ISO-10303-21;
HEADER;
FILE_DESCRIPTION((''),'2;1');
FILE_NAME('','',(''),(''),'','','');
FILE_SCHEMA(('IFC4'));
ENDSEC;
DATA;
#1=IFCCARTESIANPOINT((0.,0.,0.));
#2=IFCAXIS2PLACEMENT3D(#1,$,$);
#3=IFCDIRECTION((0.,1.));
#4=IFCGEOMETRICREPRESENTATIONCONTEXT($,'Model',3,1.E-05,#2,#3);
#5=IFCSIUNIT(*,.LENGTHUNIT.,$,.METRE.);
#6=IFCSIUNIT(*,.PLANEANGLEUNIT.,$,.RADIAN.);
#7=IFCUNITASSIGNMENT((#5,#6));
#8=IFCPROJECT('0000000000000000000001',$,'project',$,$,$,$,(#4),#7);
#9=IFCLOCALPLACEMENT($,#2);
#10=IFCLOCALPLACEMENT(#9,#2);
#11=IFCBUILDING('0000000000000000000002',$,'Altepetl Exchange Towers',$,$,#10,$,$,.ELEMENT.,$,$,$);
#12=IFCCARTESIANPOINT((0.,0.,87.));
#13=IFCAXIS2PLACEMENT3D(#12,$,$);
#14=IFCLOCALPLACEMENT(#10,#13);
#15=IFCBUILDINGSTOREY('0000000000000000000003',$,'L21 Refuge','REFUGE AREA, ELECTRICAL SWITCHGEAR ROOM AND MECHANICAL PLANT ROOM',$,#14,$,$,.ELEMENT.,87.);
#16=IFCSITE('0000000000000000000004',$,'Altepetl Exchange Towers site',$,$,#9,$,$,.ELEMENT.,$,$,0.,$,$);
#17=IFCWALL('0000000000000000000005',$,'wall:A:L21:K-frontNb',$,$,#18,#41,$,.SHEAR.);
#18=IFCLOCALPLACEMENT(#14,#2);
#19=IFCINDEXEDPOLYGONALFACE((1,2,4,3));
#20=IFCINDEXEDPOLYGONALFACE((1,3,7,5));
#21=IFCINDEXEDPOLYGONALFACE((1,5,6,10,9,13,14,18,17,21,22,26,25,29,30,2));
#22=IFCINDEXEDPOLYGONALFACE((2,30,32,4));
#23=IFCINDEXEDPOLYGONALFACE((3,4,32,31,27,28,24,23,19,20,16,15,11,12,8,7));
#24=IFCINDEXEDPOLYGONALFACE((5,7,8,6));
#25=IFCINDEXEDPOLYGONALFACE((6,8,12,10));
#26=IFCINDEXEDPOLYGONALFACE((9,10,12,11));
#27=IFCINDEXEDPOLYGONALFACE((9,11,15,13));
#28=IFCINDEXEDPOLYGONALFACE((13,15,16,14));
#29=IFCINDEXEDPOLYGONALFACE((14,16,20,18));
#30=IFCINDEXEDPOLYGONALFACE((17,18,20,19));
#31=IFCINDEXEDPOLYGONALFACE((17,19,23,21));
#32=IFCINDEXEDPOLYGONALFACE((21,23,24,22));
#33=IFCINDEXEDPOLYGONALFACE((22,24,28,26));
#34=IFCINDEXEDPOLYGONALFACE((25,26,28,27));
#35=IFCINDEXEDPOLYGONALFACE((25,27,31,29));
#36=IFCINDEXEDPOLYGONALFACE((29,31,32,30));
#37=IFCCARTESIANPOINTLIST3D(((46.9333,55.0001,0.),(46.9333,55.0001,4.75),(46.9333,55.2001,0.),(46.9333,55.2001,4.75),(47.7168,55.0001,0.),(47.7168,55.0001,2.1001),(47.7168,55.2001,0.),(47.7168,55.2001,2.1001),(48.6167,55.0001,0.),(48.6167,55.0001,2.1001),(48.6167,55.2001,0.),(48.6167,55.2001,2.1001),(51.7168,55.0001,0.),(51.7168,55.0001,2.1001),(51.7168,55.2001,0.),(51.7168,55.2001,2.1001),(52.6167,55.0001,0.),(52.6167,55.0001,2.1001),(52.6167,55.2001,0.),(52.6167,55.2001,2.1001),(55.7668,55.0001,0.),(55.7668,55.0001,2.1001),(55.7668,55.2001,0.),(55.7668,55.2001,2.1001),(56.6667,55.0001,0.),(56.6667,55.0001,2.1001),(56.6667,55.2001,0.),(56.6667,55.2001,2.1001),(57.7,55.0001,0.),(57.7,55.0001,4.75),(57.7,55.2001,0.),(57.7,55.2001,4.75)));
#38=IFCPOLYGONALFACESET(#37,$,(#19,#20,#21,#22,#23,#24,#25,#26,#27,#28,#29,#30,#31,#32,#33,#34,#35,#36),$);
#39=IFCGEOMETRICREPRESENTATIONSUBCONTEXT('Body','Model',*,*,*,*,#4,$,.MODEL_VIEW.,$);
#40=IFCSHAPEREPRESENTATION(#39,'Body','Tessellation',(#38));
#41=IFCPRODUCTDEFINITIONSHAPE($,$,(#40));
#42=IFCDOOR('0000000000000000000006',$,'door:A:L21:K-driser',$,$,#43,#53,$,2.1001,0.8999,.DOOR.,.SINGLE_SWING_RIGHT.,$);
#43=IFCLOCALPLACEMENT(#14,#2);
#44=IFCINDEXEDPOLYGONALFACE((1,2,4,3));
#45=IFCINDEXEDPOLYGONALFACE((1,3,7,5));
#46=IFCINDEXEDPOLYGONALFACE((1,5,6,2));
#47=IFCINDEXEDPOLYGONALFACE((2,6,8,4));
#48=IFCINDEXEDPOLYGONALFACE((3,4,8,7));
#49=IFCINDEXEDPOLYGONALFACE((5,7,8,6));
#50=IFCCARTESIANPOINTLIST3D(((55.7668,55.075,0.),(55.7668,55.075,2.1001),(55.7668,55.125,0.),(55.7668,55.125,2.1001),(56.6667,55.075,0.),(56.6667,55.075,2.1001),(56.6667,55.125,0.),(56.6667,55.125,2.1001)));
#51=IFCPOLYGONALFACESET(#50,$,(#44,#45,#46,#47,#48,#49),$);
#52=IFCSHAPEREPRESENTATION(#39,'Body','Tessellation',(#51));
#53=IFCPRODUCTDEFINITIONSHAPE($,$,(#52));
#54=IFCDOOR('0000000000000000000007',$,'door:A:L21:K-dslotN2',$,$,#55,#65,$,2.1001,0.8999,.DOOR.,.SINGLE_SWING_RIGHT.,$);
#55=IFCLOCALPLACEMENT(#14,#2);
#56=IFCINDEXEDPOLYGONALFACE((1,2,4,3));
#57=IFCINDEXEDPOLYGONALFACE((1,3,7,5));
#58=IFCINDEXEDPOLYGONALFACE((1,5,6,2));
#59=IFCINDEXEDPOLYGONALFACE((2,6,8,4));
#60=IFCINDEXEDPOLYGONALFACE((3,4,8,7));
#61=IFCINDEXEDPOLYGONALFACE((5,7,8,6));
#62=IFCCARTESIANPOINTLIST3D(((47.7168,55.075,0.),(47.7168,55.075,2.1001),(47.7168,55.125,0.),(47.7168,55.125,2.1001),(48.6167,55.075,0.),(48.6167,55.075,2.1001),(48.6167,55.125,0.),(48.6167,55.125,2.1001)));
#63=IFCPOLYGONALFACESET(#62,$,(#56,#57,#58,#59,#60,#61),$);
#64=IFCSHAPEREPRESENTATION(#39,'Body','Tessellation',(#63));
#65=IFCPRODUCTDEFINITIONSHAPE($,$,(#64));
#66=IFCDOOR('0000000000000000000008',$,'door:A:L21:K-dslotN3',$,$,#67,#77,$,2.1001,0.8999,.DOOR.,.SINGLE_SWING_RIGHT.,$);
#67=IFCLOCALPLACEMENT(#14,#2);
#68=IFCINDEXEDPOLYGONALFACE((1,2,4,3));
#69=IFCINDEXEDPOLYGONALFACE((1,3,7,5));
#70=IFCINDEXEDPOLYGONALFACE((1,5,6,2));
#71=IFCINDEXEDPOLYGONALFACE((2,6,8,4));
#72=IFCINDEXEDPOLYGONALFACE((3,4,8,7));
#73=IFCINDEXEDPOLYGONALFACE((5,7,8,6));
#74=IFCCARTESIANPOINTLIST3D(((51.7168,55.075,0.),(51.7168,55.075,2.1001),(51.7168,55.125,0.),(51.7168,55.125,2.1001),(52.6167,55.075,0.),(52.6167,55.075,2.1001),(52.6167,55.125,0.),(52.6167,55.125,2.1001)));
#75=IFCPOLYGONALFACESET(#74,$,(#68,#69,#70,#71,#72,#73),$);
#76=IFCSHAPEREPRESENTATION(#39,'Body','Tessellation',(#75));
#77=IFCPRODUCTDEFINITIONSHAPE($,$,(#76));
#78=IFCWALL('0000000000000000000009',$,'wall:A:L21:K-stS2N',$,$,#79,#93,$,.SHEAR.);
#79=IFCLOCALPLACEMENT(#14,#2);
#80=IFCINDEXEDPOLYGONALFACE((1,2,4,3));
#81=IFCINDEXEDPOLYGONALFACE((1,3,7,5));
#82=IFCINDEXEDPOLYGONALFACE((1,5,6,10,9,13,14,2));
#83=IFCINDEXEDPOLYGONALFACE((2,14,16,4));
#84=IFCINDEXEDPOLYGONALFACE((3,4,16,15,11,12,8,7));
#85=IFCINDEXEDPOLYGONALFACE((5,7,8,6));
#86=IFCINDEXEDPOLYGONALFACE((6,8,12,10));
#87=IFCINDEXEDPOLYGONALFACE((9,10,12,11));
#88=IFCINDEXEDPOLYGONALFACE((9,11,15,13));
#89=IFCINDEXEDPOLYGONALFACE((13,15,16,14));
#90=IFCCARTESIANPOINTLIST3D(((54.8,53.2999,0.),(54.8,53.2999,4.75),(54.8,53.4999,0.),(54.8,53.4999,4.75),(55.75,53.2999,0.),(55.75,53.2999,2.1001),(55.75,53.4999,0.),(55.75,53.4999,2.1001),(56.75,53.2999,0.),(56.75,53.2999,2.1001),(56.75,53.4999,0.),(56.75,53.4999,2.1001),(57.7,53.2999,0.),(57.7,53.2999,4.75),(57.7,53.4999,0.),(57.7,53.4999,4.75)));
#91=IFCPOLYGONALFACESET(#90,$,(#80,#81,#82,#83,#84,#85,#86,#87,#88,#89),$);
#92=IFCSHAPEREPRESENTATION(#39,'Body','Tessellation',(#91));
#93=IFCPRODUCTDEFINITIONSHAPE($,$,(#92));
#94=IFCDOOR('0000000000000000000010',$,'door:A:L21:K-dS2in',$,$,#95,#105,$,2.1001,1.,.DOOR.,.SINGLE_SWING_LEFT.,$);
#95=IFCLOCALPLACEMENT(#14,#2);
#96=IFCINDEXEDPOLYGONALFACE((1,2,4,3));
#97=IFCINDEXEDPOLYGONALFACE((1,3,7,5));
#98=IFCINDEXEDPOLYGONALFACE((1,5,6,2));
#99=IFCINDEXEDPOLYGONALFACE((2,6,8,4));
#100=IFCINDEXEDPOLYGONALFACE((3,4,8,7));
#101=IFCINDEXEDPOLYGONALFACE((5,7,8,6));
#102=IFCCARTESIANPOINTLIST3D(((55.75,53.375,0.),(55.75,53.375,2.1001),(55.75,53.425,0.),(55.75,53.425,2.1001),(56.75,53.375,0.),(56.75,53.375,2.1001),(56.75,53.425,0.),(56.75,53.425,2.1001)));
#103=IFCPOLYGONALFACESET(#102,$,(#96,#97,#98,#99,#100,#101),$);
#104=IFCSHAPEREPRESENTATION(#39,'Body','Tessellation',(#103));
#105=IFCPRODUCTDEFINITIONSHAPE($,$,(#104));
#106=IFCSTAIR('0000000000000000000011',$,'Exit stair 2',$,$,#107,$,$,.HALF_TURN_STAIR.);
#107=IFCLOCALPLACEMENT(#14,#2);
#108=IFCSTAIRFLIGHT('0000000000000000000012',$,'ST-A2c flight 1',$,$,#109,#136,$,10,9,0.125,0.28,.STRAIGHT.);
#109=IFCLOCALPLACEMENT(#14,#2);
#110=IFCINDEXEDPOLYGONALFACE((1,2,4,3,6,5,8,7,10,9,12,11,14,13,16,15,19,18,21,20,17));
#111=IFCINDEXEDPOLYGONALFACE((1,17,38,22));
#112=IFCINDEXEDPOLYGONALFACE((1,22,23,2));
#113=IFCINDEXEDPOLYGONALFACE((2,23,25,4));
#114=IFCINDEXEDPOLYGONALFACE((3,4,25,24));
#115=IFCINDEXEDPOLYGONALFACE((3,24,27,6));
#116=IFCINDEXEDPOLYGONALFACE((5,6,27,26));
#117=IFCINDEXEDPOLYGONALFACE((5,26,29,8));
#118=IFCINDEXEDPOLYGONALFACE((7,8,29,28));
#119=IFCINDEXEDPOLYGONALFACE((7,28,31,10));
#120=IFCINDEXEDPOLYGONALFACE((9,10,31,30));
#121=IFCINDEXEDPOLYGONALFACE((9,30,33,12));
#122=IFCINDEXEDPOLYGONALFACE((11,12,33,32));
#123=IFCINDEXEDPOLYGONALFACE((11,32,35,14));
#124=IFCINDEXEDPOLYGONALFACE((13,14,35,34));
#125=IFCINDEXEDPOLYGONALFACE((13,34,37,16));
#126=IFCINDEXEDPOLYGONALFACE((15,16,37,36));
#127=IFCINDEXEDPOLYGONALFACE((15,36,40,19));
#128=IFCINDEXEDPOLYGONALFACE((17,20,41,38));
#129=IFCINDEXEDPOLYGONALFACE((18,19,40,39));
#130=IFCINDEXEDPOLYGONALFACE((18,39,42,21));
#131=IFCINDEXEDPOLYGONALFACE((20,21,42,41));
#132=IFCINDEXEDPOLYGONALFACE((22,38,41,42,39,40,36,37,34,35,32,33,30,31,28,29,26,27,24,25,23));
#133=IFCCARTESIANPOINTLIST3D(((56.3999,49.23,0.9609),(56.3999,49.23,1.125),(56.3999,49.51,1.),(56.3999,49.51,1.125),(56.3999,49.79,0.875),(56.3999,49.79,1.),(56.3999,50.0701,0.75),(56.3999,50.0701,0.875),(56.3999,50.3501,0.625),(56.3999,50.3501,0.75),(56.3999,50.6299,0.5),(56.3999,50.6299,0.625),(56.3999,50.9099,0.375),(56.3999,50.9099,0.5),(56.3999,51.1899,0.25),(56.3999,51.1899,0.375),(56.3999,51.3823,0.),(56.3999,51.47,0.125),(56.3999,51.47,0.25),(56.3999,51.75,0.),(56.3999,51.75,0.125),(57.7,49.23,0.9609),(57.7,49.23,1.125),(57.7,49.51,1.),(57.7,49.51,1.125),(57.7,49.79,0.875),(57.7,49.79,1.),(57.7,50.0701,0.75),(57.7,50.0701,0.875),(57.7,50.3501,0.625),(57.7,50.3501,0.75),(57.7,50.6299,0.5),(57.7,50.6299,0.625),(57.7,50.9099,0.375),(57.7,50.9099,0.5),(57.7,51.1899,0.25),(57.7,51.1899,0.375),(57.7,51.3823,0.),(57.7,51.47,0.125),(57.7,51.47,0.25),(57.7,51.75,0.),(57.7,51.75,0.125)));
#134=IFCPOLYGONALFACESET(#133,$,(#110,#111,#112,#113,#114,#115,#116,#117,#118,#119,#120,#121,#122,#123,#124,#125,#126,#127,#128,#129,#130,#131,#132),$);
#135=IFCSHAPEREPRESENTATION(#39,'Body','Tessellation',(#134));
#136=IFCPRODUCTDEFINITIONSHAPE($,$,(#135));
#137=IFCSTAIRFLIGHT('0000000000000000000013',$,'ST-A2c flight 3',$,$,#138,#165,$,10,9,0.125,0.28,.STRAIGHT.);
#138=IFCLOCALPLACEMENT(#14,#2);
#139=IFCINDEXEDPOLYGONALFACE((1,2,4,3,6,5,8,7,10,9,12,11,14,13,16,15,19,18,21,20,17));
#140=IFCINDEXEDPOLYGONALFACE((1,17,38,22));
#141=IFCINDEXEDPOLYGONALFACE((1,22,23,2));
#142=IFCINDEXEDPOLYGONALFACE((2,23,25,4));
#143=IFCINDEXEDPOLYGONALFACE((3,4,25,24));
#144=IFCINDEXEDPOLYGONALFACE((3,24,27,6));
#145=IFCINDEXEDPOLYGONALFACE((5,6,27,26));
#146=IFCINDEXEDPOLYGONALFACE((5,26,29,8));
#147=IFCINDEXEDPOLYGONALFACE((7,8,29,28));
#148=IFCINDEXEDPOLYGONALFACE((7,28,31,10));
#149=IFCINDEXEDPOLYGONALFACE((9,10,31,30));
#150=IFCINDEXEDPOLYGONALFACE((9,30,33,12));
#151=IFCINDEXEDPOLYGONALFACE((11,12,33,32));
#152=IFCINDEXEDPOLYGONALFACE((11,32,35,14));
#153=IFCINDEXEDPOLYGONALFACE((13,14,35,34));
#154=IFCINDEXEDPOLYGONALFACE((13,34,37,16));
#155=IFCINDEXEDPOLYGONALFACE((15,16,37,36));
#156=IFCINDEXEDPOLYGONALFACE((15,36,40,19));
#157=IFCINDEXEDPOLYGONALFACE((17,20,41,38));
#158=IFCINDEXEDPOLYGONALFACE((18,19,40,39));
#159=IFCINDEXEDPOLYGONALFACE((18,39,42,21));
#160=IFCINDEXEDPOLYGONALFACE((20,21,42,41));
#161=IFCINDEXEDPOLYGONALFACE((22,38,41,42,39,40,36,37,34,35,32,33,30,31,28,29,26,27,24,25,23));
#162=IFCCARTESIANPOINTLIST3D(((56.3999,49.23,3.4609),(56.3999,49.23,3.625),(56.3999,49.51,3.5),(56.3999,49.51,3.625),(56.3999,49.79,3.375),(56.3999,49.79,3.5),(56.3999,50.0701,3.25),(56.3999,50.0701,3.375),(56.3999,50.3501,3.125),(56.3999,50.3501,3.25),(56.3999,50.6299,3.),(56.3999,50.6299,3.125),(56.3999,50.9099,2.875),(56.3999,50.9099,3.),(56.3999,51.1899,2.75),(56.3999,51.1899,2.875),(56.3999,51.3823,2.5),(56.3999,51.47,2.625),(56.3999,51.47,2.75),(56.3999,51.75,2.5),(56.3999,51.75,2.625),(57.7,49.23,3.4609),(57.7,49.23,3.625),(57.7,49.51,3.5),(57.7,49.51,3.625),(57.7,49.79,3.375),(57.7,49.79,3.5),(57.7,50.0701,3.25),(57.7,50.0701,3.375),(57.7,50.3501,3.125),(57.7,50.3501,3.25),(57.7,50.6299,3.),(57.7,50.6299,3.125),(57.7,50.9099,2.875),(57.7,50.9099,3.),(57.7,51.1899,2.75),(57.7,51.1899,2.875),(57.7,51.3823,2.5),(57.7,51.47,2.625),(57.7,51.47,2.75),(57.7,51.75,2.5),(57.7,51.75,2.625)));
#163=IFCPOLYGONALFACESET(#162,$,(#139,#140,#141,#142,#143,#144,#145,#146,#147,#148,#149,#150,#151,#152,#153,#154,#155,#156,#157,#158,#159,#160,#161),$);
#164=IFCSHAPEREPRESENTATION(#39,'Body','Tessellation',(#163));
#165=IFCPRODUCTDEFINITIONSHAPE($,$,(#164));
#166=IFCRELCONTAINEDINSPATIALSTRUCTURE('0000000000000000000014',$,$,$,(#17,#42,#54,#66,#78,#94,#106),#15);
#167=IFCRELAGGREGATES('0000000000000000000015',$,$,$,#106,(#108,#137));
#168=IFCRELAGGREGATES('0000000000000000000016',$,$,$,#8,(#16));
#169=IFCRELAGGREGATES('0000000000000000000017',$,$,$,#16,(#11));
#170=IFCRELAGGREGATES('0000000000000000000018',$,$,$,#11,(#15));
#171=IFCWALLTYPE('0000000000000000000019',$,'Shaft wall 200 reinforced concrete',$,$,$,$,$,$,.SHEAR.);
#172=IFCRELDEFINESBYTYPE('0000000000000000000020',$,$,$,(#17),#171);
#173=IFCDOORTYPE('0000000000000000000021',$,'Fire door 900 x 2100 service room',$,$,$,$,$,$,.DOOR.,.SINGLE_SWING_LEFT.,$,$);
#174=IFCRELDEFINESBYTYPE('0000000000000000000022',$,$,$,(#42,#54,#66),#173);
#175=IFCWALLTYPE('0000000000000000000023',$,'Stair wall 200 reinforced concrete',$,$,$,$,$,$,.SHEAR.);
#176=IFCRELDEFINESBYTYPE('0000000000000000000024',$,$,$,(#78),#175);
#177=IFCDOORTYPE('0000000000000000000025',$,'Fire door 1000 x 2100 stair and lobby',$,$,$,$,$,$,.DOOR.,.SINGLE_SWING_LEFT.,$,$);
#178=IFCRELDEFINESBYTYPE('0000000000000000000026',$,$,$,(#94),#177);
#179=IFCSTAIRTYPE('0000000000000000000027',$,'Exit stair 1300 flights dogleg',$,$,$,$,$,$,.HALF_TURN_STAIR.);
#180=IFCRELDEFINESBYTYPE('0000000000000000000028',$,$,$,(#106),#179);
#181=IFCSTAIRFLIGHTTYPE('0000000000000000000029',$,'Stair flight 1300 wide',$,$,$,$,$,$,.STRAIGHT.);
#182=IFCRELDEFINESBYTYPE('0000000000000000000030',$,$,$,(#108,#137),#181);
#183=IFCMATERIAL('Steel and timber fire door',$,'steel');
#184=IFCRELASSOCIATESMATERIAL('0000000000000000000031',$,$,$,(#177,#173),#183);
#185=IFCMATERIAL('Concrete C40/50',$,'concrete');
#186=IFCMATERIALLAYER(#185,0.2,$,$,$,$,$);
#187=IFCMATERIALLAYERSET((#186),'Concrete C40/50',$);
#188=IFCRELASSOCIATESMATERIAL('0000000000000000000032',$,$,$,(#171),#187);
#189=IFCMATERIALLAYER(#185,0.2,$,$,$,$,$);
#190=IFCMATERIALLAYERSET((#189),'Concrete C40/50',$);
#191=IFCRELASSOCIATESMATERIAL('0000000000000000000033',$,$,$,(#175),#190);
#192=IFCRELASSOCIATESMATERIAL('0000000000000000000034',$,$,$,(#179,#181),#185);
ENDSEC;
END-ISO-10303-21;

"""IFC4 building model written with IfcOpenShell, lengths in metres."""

from ifc_helpers import new_model, si_unit, direction, frame, frame_2d, origin, place, context, subcontext, project, spatial, polyline, rectangle, outline, extrude, material, layer, layer_set, type_object, element, fill, aggregate, save


model = new_model("IFC4")

# Units and contexts
model_context = context("Model", 3, precision=1e-05, world=origin(), true_north=direction((0.0, 1.0)))
body_context = subcontext(model_context, "Body", "Model", "MODEL_VIEW")
ifc_project = project(units=[si_unit("LENGTHUNIT", "METRE"), si_unit("PLANEANGLEUNIT", "RADIAN")], contexts=[model_context])

# Site, building, storey
site_placement = place(None, origin())
site = spatial("IfcSite", under=ifc_project, at=site_placement, Name="Altepetl Exchange Towers site", CompositionType="ELEMENT", RefElevation=0.0)
building_placement = place(site_placement, origin())
building = spatial("IfcBuilding", under=site, at=building_placement, Name="Altepetl Exchange Towers", CompositionType="ELEMENT")
storey_placement = place(building_placement, frame((0.0, 0.0, 87.0)))
storey = spatial("IfcBuildingStorey", under=building, at=storey_placement, Name="L21 Refuge", Description="REFUGE AREA, ELECTRICAL SWITCHGEAR ROOM AND MECHANICAL PLANT ROOM", CompositionType="ELEMENT", Elevation=87.0)

# Shared definitions
ifc_material_1 = material(Name="Steel and timber fire door", Category="steel")
door_type_1 = type_object("IfcDoorType", Name="Fire door 1000 x 2100 stair and lobby", OperationType="SINGLE_SWING_LEFT", PredefinedType="DOOR", material=ifc_material_1)

# Shared definitions
ifc_material_2 = material(Name="Concrete C40/50", Category="concrete")
ifc_layer_1 = layer(ifc_material_2, 0.2)
ifc_layer_set_1 = layer_set([ifc_layer_1], Name="Concrete C40/50")
wall_type_1 = type_object("IfcWallType", Name="Shaft wall 200 reinforced concrete", PredefinedType="SHEAR", material=ifc_layer_set_1)

# Wall, openings, doors
wall_1_placement = place(storey_placement, frame((46.9333, 55.1001, 0.0)))
wall_1 = element("IfcWall", 1, at=wall_1_placement, inside=storey, type_object=wall_type_1, Name="wall:A:L21:K-frontNb", PredefinedType="SHEAR", context=body_context, shape_type="SweptSolid", body=[
    extrude(rectangle(XDim=10.7666, YDim=0.2, at=frame_2d((5.3833, 0.0))), origin(), (0.0, 0.0, 1.0), 4.75),
])
opening_1_placement = place(wall_1_placement, frame((8.8335, 0.0, 0.0)))
opening_1 = element("IfcOpeningElement", 2, at=opening_1_placement, cuts=wall_1, PredefinedType="OPENING", context=body_context, shape_type="SweptSolid", body=[
    extrude(rectangle(XDim=0.8999, YDim=2.1001, at=frame_2d((0.45, 1.05))), frame((0.0, 0.1099, 0.0), z_axis=(0.0, -1.0, 0.0), x_axis=(1.0, 0.0, 0.0)), (0.0, 0.0, 1.0), 0.22),
])
opening_2_placement = place(wall_1_placement, frame((0.7834, 0.0, 0.0)))
opening_2 = element("IfcOpeningElement", 3, at=opening_2_placement, cuts=wall_1, PredefinedType="OPENING", context=body_context, shape_type="SweptSolid", body=[
    extrude(rectangle(XDim=0.8999, YDim=2.1001, at=frame_2d((0.45, 1.05))), frame((0.0, 0.1099, 0.0), z_axis=(0.0, -1.0, 0.0), x_axis=(1.0, 0.0, 0.0)), (0.0, 0.0, 1.0), 0.22),
])
opening_3_placement = place(wall_1_placement, frame((4.7834, 0.0, 0.0)))
opening_3 = element("IfcOpeningElement", 4, at=opening_3_placement, cuts=wall_1, PredefinedType="OPENING", context=body_context, shape_type="SweptSolid", body=[
    extrude(rectangle(XDim=0.8999, YDim=2.1001, at=frame_2d((0.45, 1.05))), frame((0.0, 0.1099, 0.0), z_axis=(0.0, -1.0, 0.0), x_axis=(1.0, 0.0, 0.0)), (0.0, 0.0, 1.0), 0.22),
])
door_type_2 = type_object("IfcDoorType", Name="Fire door 900 x 2100 service room", OperationType="SINGLE_SWING_LEFT", PredefinedType="DOOR", material=ifc_material_1)
door_1_placement = place(opening_1_placement, origin())
door_1 = element("IfcDoor", 5, at=door_1_placement, inside=storey, type_object=door_type_2, Name="door:A:L21:K-driser", OperationType="SINGLE_SWING_RIGHT", OverallHeight=2.1001, OverallWidth=0.8999, PredefinedType="DOOR", context=body_context, shape_type="SweptSolid", body=[
    extrude(rectangle(XDim=0.8999, YDim=2.1001, at=frame_2d((0.45, 1.05))), frame((0.0, 0.0249, 0.0), z_axis=(0.0, -1.0, 0.0), x_axis=(1.0, 0.0, 0.0)), (0.0, 0.0, 1.0), 0.05),
])
fill(opening_1, door_1)
door_2_placement = place(opening_2_placement, origin())
door_2 = element("IfcDoor", 6, at=door_2_placement, inside=storey, type_object=door_type_2, Name="door:A:L21:K-dslotN2", OperationType="SINGLE_SWING_RIGHT", OverallHeight=2.1001, OverallWidth=0.8999, PredefinedType="DOOR", context=body_context, shape_type="SweptSolid", body=[
    extrude(rectangle(XDim=0.8999, YDim=2.1001, at=frame_2d((0.45, 1.05))), frame((0.0, 0.0249, 0.0), z_axis=(0.0, -1.0, 0.0), x_axis=(1.0, 0.0, 0.0)), (0.0, 0.0, 1.0), 0.05),
])
fill(opening_2, door_2)
door_3_placement = place(opening_3_placement, origin())
door_3 = element("IfcDoor", 7, at=door_3_placement, inside=storey, type_object=door_type_2, Name="door:A:L21:K-dslotN3", OperationType="SINGLE_SWING_RIGHT", OverallHeight=2.1001, OverallWidth=0.8999, PredefinedType="DOOR", context=body_context, shape_type="SweptSolid", body=[
    extrude(rectangle(XDim=0.8999, YDim=2.1001, at=frame_2d((0.45, 1.05))), frame((0.0, 0.0249, 0.0), z_axis=(0.0, -1.0, 0.0), x_axis=(1.0, 0.0, 0.0)), (0.0, 0.0, 1.0), 0.05),
])
fill(opening_3, door_3)

# Wall, opening, door
ifc_layer_2 = layer(ifc_material_2, 0.2)
ifc_layer_set_2 = layer_set([ifc_layer_2], Name="Concrete C40/50")
wall_type_2 = type_object("IfcWallType", Name="Stair wall 200 reinforced concrete", PredefinedType="SHEAR", material=ifc_layer_set_2)
wall_2_placement = place(storey_placement, frame((54.8, 53.3999, 0.0)))
wall_2 = element("IfcWall", 8, at=wall_2_placement, inside=storey, type_object=wall_type_2, Name="wall:A:L21:K-stS2N", PredefinedType="SHEAR", context=body_context, shape_type="SweptSolid", body=[
    extrude(rectangle(XDim=2.8999, YDim=0.2, at=frame_2d((1.45, 0.0))), origin(), (0.0, 0.0, 1.0), 4.75),
])
opening_4_placement = place(wall_2_placement, frame((0.95, 0.0, 0.0)))
opening_4 = element("IfcOpeningElement", 9, at=opening_4_placement, cuts=wall_2, PredefinedType="OPENING", context=body_context, shape_type="SweptSolid", body=[
    extrude(rectangle(XDim=1.0, YDim=2.1001, at=frame_2d((0.5, 1.05))), frame((0.0, 0.1099, 0.0), z_axis=(0.0, -1.0, 0.0), x_axis=(1.0, 0.0, 0.0)), (0.0, 0.0, 1.0), 0.22),
])
door_4_placement = place(opening_4_placement, frame((1.0, 0.0, 0.0), x_axis=(-1.0, 0.0, 0.0)))
door_4 = element("IfcDoor", 10, at=door_4_placement, inside=storey, type_object=door_type_1, Name="door:A:L21:K-dS2in", OperationType="SINGLE_SWING_LEFT", OverallHeight=2.1001, OverallWidth=1.0, PredefinedType="DOOR", context=body_context, shape_type="SweptSolid", body=[
    extrude(rectangle(XDim=1.0, YDim=2.1001, at=frame_2d((0.5, 1.05))), frame((0.0, 0.0249, 0.0), z_axis=(0.0, -1.0, 0.0), x_axis=(1.0, 0.0, 0.0)), (0.0, 0.0, 1.0), 0.05),
])
fill(opening_4, door_4)

# Stair, stair flights
stair_type = type_object("IfcStairType", Name="Exit stair 1300 flights dogleg", PredefinedType="HALF_TURN_STAIR", material=ifc_material_2)
stair_placement = place(storey_placement, origin())
stair = element("IfcStair", 11, at=stair_placement, inside=storey, type_object=stair_type, Name="Exit stair 2", PredefinedType="HALF_TURN_STAIR")
stair_flight_type = type_object("IfcStairFlightType", Name="Stair flight 1300 wide", PredefinedType="STRAIGHT", material=ifc_material_2)
stair_flight_1_placement = place(storey_placement, frame((57.05, 51.75, 0.0), z_axis=(0.0, 0.0, 1.0), x_axis=(0.0, -1.0, 0.0)))
stair_flight_1 = element("IfcStairFlight", 12, at=stair_flight_1_placement, type_object=stair_flight_type, Name="ST-A2c flight 1", NumberOfRisers=10, NumberOfTreads=9, PredefinedType="STRAIGHT", RiserHeight=0.125, TreadLength=0.28, context=body_context, shape_type="SweptSolid", body=[
    extrude(outline(polyline([(0.0, 0.0), (0.0, 0.125), (0.28, 0.125), (0.28, 0.25), (0.5601, 0.25), (0.5601, 0.375), (0.8401, 0.375), (0.8401, 0.5), (1.1201, 0.5), (1.1201, 0.625), (1.3999, 0.625), (1.3999, 0.75), (1.6799, 0.75), (1.6799, 0.875), (1.96, 0.875), (1.96, 1.0), (2.24, 1.0), (2.24, 1.125), (2.52, 1.125), (2.52, 1.25), (2.52, 0.9609), (0.3677, 0.0), (0.0, 0.0)])), frame((0.0, 0.6499, 0.0), z_axis=(0.0, -1.0, 0.0), x_axis=(1.0, 0.0, 0.0)), (0.0, 0.0, 1.0), 1.3),
])
stair_flight_2_placement = place(storey_placement, frame((57.05, 51.75, 2.5), z_axis=(0.0, 0.0, 1.0), x_axis=(0.0, -1.0, 0.0)))
stair_flight_2 = element("IfcStairFlight", 13, at=stair_flight_2_placement, type_object=stair_flight_type, Name="ST-A2c flight 3", NumberOfRisers=10, NumberOfTreads=9, PredefinedType="STRAIGHT", RiserHeight=0.125, TreadLength=0.28, context=body_context, shape_type="SweptSolid", body=[
    extrude(outline(polyline([(0.0, 0.0), (0.0, 0.125), (0.28, 0.125), (0.28, 0.25), (0.5601, 0.25), (0.5601, 0.375), (0.8401, 0.375), (0.8401, 0.5), (1.1201, 0.5), (1.1201, 0.625), (1.3999, 0.625), (1.3999, 0.75), (1.6799, 0.75), (1.6799, 0.875), (1.96, 0.875), (1.96, 1.0), (2.24, 1.0), (2.24, 1.125), (2.52, 1.125), (2.52, 1.25), (2.52, 0.9609), (0.3677, 0.0), (0.0, 0.0)])), frame((0.0, 0.6499, 0.0), z_axis=(0.0, -1.0, 0.0), x_axis=(1.0, 0.0, 0.0)), (0.0, 0.0, 1.0), 1.3),
])
aggregate(stair, [stair_flight_1, stair_flight_2])

save(model, "model.ifc")
